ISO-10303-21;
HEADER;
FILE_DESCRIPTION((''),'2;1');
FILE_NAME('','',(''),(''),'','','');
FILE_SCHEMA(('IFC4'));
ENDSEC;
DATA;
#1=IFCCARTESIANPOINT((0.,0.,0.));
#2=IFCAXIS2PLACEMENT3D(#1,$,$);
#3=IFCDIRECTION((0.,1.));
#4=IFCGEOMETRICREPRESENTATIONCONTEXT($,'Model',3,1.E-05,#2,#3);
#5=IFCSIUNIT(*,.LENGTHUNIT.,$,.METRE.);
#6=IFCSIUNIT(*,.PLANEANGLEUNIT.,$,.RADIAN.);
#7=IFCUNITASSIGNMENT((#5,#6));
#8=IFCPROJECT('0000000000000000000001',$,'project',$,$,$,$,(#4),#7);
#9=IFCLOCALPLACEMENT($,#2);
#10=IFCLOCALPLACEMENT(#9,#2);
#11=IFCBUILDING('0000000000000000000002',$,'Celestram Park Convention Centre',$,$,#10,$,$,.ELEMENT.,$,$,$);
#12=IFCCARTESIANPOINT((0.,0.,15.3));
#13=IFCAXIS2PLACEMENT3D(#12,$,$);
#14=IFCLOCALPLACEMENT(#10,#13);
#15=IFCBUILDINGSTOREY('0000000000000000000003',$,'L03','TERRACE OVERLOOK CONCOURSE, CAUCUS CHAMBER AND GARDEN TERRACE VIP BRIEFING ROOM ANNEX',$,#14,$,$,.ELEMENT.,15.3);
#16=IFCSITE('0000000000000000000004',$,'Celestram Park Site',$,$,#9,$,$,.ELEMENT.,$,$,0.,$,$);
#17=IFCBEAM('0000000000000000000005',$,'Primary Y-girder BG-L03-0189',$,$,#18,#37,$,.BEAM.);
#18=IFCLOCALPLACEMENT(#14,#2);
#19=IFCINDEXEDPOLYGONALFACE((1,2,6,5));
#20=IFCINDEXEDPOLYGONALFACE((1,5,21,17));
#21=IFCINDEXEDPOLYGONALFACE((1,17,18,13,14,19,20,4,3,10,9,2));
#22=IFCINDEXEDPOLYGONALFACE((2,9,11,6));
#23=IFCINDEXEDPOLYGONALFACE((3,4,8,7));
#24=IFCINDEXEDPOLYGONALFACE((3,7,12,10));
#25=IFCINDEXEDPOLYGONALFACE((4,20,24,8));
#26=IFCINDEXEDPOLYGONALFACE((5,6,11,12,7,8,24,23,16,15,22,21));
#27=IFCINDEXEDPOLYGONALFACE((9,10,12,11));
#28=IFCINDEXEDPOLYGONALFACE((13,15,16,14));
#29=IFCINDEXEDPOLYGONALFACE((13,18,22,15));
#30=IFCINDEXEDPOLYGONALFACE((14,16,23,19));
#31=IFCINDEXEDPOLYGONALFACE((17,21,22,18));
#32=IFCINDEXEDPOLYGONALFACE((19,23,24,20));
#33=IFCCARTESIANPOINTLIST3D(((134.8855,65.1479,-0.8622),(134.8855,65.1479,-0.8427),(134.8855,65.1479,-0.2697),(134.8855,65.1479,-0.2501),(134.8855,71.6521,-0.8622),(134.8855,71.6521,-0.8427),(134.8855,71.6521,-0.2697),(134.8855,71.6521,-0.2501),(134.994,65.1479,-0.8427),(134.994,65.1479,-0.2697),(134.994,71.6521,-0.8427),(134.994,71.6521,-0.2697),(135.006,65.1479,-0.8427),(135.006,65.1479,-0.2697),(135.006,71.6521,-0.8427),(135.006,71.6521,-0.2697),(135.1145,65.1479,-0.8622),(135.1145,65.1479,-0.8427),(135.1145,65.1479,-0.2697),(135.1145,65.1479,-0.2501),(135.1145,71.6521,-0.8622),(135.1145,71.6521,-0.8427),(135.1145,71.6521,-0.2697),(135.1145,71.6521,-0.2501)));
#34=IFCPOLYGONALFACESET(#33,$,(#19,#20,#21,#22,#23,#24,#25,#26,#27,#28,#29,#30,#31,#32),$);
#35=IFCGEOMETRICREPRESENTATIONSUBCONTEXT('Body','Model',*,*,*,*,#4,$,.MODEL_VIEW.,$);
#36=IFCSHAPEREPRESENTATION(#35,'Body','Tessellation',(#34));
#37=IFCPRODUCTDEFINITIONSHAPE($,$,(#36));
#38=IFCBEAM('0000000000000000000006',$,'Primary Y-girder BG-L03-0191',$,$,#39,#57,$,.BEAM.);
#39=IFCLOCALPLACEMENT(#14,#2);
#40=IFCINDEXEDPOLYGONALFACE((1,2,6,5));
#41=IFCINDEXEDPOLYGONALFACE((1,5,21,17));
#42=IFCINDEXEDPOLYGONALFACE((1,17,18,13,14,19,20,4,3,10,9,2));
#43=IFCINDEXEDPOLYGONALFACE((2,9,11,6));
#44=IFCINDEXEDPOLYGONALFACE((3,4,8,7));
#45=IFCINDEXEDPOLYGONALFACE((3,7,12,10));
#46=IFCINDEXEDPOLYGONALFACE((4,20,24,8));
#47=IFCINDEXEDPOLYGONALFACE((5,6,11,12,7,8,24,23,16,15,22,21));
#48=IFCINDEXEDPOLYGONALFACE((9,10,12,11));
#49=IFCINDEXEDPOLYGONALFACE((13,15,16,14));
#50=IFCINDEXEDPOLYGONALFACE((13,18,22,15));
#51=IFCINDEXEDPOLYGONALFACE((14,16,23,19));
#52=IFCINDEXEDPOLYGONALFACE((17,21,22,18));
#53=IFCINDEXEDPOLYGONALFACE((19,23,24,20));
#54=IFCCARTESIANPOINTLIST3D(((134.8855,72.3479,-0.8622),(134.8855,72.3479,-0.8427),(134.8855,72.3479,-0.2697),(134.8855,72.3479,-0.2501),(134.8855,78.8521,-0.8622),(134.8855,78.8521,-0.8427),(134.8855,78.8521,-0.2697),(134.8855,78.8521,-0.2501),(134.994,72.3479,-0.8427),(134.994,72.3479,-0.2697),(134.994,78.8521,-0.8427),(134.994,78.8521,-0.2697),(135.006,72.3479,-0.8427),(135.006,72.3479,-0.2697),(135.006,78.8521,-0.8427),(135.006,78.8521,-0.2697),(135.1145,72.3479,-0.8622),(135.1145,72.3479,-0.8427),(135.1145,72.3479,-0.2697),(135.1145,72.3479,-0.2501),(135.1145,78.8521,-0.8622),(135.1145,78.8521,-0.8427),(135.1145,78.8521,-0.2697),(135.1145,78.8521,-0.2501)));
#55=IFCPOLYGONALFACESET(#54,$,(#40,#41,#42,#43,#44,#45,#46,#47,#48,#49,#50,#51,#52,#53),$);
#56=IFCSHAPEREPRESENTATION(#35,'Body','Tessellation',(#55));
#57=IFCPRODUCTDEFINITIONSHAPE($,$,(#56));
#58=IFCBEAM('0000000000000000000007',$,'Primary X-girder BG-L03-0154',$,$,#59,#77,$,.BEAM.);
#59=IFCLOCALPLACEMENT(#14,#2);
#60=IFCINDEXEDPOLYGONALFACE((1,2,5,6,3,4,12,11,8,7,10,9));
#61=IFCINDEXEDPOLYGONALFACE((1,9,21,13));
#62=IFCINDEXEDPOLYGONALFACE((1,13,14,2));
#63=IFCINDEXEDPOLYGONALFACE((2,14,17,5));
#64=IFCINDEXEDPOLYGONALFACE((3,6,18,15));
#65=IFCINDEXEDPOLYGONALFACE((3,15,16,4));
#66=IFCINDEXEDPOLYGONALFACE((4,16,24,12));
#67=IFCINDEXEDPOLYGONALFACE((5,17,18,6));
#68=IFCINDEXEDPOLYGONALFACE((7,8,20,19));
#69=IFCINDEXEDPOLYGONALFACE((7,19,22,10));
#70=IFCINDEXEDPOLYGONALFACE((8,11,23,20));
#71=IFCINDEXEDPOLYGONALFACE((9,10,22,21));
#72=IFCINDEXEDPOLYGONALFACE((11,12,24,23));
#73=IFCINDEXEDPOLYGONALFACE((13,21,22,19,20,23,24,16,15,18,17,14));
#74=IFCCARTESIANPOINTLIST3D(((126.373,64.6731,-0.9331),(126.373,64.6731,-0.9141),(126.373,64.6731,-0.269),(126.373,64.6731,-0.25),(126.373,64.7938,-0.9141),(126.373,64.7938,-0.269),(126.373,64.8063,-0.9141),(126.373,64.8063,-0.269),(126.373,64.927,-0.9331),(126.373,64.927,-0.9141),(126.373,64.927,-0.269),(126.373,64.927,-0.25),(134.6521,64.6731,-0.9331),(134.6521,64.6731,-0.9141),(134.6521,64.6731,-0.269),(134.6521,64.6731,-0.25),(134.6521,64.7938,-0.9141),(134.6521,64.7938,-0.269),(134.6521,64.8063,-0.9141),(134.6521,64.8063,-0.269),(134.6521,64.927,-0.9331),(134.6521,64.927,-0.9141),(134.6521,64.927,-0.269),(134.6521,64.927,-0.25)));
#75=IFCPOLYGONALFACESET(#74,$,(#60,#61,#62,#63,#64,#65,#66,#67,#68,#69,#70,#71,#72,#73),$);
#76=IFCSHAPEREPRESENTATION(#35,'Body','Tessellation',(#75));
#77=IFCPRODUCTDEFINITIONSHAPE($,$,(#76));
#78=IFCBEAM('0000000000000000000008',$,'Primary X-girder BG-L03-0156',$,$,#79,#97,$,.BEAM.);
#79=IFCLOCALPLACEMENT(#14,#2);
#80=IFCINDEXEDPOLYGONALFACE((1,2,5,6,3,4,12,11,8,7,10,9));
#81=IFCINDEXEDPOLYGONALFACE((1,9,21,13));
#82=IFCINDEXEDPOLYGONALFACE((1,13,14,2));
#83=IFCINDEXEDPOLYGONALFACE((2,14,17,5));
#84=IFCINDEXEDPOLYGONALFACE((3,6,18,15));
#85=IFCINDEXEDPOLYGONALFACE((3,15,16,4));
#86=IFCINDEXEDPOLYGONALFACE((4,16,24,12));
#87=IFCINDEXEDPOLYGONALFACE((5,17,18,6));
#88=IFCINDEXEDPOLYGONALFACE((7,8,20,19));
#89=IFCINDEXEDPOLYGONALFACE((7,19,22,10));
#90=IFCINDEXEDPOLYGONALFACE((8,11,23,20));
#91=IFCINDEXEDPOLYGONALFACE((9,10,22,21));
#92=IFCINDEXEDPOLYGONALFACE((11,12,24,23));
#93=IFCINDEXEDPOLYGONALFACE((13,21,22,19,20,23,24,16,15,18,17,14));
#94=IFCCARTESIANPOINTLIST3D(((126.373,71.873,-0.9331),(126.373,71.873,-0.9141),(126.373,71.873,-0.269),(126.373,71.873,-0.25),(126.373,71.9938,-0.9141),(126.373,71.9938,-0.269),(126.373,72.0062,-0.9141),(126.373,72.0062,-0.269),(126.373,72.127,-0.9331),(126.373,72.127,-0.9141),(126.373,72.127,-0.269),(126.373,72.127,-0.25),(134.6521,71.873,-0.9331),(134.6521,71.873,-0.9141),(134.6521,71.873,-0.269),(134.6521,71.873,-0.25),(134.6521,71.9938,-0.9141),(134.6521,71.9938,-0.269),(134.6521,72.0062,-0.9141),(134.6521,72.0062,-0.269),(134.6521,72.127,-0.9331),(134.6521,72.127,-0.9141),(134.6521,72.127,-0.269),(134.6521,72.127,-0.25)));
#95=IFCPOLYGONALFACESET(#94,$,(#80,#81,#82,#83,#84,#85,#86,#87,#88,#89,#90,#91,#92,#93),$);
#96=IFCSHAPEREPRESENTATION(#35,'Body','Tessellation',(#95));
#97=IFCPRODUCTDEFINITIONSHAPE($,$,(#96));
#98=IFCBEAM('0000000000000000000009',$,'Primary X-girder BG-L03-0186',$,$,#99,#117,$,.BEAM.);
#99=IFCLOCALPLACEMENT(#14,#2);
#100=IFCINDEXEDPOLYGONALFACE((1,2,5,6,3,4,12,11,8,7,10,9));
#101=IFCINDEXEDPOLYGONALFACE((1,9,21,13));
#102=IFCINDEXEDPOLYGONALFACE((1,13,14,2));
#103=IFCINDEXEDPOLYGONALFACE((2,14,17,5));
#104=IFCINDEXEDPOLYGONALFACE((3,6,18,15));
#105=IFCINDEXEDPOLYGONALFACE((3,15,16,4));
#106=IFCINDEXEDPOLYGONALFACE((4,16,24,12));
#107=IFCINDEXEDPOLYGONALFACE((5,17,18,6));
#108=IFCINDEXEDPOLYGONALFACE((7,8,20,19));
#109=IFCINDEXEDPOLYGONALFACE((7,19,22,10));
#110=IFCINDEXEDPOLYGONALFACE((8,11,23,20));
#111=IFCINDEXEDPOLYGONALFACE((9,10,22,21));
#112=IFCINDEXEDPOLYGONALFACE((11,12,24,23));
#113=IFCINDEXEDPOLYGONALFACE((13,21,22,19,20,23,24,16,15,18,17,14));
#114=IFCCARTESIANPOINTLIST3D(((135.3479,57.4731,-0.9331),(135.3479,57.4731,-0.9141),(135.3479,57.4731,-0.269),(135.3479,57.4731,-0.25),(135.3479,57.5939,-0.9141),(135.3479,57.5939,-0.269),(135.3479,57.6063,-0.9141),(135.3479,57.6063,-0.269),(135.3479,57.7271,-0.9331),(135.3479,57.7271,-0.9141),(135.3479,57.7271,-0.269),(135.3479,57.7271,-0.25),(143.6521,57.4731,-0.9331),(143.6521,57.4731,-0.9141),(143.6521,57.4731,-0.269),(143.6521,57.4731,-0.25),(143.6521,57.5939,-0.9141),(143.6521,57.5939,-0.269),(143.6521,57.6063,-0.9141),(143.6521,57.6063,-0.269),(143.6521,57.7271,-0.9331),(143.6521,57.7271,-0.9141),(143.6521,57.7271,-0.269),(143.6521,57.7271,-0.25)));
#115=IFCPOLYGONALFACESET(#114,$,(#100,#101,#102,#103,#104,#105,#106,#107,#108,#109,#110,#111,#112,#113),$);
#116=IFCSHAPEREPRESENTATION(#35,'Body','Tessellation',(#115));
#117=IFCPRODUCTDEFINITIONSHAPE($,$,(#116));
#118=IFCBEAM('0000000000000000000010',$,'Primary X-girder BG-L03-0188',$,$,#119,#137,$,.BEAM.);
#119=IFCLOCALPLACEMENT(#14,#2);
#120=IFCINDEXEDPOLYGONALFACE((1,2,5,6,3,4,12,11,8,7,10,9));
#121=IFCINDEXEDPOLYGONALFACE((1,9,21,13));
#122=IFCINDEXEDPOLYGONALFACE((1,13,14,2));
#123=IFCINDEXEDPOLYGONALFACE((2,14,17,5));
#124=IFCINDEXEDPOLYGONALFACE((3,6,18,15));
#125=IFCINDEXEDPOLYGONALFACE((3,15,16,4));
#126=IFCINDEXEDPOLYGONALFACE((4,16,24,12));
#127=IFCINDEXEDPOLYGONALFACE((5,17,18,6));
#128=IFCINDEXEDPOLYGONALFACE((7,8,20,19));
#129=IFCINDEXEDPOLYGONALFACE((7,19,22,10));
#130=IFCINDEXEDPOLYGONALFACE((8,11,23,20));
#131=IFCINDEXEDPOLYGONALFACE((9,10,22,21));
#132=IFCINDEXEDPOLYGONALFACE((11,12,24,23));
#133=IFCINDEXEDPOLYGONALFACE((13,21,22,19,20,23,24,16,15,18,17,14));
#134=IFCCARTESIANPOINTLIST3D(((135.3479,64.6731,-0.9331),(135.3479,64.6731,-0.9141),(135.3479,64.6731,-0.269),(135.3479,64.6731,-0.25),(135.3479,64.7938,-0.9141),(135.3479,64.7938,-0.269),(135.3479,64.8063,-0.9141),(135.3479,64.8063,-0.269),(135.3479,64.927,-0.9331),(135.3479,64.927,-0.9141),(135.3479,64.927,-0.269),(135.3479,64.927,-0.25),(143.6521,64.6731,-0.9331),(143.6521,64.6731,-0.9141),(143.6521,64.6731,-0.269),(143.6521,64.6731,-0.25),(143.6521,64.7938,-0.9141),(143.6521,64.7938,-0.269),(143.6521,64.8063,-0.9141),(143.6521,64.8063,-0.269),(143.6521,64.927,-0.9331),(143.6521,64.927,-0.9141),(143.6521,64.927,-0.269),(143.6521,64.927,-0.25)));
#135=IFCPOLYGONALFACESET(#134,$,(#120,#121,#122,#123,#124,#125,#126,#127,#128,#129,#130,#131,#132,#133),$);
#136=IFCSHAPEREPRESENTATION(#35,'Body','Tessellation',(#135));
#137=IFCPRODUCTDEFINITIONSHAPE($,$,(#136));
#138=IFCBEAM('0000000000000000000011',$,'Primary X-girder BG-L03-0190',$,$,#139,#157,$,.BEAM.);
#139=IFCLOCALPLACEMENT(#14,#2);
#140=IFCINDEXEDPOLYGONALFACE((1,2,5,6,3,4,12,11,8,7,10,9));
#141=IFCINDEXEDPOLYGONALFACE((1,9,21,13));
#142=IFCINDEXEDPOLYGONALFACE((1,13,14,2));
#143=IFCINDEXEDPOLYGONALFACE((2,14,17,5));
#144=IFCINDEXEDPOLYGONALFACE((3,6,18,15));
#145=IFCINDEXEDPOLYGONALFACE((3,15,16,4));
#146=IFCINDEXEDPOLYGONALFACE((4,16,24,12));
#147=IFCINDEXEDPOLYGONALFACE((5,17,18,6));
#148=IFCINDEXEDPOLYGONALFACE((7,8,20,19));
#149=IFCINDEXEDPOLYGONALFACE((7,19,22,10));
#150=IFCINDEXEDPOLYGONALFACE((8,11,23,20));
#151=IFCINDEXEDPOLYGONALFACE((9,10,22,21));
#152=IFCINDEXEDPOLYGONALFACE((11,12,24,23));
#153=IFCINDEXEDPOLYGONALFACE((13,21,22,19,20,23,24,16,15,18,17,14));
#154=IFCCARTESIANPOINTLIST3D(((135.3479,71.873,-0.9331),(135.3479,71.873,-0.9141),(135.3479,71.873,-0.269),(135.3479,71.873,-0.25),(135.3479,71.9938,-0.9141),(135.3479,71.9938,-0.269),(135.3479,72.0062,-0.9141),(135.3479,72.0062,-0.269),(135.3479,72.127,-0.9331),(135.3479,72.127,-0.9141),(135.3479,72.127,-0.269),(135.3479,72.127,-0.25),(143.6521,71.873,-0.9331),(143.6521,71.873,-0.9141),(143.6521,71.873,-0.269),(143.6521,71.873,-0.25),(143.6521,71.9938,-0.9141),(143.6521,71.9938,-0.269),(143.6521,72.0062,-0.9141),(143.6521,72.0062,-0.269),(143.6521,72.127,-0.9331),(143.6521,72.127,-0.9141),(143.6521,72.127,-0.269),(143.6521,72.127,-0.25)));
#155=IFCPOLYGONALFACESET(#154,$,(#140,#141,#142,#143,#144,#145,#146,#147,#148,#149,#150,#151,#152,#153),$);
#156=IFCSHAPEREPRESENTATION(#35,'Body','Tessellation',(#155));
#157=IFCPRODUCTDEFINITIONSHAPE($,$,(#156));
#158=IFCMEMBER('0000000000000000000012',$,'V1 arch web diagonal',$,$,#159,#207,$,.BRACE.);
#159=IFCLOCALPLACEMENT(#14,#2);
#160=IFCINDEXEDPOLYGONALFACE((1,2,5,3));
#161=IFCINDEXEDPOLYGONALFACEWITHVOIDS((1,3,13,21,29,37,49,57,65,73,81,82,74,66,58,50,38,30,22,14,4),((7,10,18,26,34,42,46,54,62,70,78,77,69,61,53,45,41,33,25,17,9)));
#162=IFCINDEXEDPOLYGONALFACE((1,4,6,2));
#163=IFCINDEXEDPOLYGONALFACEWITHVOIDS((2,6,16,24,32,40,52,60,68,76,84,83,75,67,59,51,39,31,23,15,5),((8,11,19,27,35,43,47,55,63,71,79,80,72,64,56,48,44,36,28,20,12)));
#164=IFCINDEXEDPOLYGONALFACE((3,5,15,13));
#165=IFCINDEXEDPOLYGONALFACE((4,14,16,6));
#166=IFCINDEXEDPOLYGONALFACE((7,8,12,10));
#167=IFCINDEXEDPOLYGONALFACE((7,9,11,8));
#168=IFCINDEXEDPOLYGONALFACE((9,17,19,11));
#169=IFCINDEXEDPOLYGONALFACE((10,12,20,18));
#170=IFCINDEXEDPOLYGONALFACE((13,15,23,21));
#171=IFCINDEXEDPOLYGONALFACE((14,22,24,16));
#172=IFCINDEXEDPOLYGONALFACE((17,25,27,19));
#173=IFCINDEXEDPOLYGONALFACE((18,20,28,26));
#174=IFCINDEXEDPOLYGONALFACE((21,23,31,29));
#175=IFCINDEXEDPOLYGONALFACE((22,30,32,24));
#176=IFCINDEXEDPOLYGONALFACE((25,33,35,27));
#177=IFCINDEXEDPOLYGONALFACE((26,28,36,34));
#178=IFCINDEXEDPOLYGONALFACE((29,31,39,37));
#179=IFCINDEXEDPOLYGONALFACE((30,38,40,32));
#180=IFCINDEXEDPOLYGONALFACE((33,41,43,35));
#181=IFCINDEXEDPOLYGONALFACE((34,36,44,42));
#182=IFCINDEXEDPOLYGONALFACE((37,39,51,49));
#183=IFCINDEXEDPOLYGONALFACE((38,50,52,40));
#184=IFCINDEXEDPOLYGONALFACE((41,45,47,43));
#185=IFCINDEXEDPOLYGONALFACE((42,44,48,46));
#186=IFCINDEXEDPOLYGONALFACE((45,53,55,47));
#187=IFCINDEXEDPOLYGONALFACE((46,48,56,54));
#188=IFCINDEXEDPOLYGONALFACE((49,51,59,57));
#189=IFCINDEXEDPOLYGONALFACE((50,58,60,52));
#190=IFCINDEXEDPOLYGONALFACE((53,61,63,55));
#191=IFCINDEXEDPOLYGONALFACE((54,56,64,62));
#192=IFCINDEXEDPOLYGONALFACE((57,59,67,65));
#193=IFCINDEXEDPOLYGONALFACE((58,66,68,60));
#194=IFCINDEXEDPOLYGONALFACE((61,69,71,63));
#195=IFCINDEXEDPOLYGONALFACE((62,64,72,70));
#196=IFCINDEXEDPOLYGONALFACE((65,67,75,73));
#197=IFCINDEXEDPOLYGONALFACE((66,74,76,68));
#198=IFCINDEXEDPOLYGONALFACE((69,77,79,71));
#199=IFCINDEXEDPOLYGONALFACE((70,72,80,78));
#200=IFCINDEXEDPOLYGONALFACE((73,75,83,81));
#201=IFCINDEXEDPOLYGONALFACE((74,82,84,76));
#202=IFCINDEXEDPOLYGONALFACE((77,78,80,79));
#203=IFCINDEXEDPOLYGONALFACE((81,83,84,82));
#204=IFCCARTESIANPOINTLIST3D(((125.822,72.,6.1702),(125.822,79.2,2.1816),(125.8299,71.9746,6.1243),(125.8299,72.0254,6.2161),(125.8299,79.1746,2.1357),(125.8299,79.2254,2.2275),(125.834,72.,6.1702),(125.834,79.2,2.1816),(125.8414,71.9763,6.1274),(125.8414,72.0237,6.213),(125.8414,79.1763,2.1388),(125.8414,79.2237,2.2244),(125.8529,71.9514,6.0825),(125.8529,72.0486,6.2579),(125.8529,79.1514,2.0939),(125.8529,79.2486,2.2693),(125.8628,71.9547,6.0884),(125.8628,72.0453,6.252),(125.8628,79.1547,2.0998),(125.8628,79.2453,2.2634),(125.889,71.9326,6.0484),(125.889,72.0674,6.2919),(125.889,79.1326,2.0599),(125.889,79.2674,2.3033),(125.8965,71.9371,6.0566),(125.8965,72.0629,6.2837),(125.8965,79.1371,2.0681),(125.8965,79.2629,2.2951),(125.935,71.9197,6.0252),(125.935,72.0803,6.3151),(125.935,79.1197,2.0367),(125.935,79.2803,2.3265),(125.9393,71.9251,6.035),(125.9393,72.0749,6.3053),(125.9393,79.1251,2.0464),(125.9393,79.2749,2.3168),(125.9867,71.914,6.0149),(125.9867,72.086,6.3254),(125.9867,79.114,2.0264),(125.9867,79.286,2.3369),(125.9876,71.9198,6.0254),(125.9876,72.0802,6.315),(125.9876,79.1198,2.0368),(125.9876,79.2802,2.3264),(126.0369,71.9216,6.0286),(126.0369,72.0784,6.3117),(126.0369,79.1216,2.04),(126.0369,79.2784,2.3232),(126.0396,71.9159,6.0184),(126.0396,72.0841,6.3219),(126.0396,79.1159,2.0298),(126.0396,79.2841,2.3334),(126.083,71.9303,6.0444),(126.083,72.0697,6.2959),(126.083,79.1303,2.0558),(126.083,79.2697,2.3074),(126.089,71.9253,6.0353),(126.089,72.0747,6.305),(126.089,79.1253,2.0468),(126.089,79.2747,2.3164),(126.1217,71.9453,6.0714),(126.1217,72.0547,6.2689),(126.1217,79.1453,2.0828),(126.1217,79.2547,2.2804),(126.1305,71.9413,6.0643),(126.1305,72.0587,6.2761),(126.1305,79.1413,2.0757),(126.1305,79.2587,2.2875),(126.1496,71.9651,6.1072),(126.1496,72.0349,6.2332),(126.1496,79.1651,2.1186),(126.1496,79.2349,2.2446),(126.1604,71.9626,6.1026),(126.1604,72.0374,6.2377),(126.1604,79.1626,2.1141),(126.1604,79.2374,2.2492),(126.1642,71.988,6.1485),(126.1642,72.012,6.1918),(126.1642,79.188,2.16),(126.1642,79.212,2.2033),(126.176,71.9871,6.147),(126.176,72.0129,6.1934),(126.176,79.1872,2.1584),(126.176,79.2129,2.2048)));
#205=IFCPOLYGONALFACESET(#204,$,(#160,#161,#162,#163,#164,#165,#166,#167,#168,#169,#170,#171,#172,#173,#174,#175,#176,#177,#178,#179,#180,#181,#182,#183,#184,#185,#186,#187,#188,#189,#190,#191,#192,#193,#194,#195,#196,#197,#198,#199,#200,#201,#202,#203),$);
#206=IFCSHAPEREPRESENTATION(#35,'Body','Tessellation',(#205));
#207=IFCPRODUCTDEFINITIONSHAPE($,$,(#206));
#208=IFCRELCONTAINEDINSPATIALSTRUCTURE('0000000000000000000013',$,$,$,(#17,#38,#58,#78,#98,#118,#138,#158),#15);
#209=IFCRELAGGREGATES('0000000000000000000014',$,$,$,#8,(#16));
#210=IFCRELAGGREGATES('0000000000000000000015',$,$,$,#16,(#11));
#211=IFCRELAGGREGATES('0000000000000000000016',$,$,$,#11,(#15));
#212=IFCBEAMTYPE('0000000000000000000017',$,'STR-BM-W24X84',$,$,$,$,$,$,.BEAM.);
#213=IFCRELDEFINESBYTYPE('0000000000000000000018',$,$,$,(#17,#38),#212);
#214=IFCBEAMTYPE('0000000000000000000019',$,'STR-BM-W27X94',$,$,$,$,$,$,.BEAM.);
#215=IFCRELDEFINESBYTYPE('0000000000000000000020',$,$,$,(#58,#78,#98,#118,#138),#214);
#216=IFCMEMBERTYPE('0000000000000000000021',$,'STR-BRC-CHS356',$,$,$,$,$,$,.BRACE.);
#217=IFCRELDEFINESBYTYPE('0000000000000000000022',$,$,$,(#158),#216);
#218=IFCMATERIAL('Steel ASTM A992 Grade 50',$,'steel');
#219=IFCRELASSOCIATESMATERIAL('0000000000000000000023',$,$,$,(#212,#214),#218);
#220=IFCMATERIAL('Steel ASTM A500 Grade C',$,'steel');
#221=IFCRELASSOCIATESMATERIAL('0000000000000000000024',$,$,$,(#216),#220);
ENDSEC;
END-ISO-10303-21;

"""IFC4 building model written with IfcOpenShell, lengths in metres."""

from ifc_helpers import new_model, si_unit, direction, frame, origin, origin_2d, place, context, subcontext, project, spatial, hollow_circle, i_section, extrude, material, material_profile, profile_set, type_object, element, save


model = new_model("IFC4")

# Units and contexts
model_context = context("Model", 3, precision=1e-05, world=origin(), true_north=direction((0.0, 1.0)))
body_context = subcontext(model_context, "Body", "Model", "MODEL_VIEW")
ifc_project = project(units=[si_unit("LENGTHUNIT", "METRE"), si_unit("PLANEANGLEUNIT", "RADIAN")], contexts=[model_context])

# Site, building, storey
site_placement = place(None, origin())
site = spatial("IfcSite", under=ifc_project, at=site_placement, Name="Celestram Park Site", CompositionType="ELEMENT", RefElevation=0.0)
building_placement = place(site_placement, origin())
building = spatial("IfcBuilding", under=site, at=building_placement, Name="Celestram Park Convention Centre", CompositionType="ELEMENT")
storey_placement = place(building_placement, frame((0.0, 0.0, 15.3)))
storey = spatial("IfcBuildingStorey", under=building, at=storey_placement, Name="L03", Description="TERRACE OVERLOOK CONCOURSE, CAUCUS CHAMBER AND GARDEN TERRACE VIP BRIEFING ROOM ANNEX", CompositionType="ELEMENT", Elevation=15.3)

# Shared definitions
ifc_material_1 = material(Name="Steel ASTM A500 Grade C", Category="steel")

# Beams
ifc_material_2 = material(Name="Steel ASTM A992 Grade 50", Category="steel")
ifc_material_profile_1 = material_profile(ifc_material_2, i_section(OverallWidth=0.229, OverallDepth=0.6121, WebThickness=0.012, FlangeThickness=0.0195, at=origin_2d()), Name="W24X84")
ifc_profile_set_1 = profile_set([ifc_material_profile_1], Name="Steel ASTM A992 Grade 50")
beam_type_1 = type_object("IfcBeamType", Name="STR-BM-W24X84", PredefinedType="BEAM", material=ifc_profile_set_1)
for number, where, z_axis, x_axis, name in (
    (1, (135.0, 65.1479, -0.5562), (0.0, 1.0, 0.0), (-1.0, 0.0, 0.0), "Primary Y-girder BG-L03-0189"),
    (2, (135.0, 72.3479, -0.5562), (0.0, 1.0, 0.0), (-1.0, 0.0, 0.0), "Primary Y-girder BG-L03-0191"),
):
    element("IfcBeam", number, at=place(storey_placement, frame(where, z_axis=z_axis, x_axis=x_axis)), inside=storey, type_object=beam_type_1, Name=name, PredefinedType="BEAM", context=body_context, shape_type="SweptSolid", body=[
        extrude(i_section(OverallWidth=0.229, OverallDepth=0.6121, WebThickness=0.012, FlangeThickness=0.0195, at=origin_2d()), origin(), (0.0, 0.0, 1.0), 6.5042),
    ])
ifc_material_profile_2 = material_profile(ifc_material_2, i_section(OverallWidth=0.2539, OverallDepth=0.6831, WebThickness=0.0125, FlangeThickness=0.019, at=origin_2d()), Name="W27X94")
ifc_profile_set_2 = profile_set([ifc_material_profile_2], Name="Steel ASTM A992 Grade 50")
beam_type_2 = type_object("IfcBeamType", Name="STR-BM-W27X94", PredefinedType="BEAM", material=ifc_profile_set_2)
for number, where, z_axis, x_axis, name in (
    (3, (126.373, 64.8, -0.5916), (1.0, 0.0, 0.0), (0.0, 1.0, 0.0), "Primary X-girder BG-L03-0154"),
    (4, (126.373, 72.0, -0.5916), (1.0, 0.0, 0.0), (0.0, 1.0, 0.0), "Primary X-girder BG-L03-0156"),
):
    element("IfcBeam", number, at=place(storey_placement, frame(where, z_axis=z_axis, x_axis=x_axis)), inside=storey, type_object=beam_type_2, Name=name, PredefinedType="BEAM", context=body_context, shape_type="SweptSolid", body=[
        extrude(i_section(OverallWidth=0.2539, OverallDepth=0.6831, WebThickness=0.0125, FlangeThickness=0.019, at=origin_2d()), origin(), (0.0, 0.0, 1.0), 8.2791),
    ])
for number, where, z_axis, x_axis, name in (
    (5, (135.3479, 57.6001, -0.5916), (1.0, 0.0, 0.0), (0.0, 1.0, 0.0), "Primary X-girder BG-L03-0186"),
    (6, (135.3479, 64.8, -0.5916), (1.0, 0.0, 0.0), (0.0, 1.0, 0.0), "Primary X-girder BG-L03-0188"),
    (7, (135.3479, 72.0, -0.5916), (1.0, 0.0, 0.0), (0.0, 1.0, 0.0), "Primary X-girder BG-L03-0190"),
):
    element("IfcBeam", number, at=place(storey_placement, frame(where, z_axis=z_axis, x_axis=x_axis)), inside=storey, type_object=beam_type_2, Name=name, PredefinedType="BEAM", context=body_context, shape_type="SweptSolid", body=[
        extrude(i_section(OverallWidth=0.2539, OverallDepth=0.6831, WebThickness=0.0125, FlangeThickness=0.019, at=origin_2d()), origin(), (0.0, 0.0, 1.0), 8.3042),
    ])

# Member
ifc_material_profile_3 = material_profile(ifc_material_1, hollow_circle(Radius=0.178, WallThickness=0.012, at=origin_2d()), Name="CHS356X12")
ifc_profile_set_3 = profile_set([ifc_material_profile_3], Name="Steel ASTM A500 Grade C")
member_type_1 = type_object("IfcMemberType", Name="STR-BRC-CHS356", PredefinedType="BRACE", material=ifc_profile_set_3)
member_1_placement = place(storey_placement, frame((126.0, 72.0, 6.1702), z_axis=(0.0, 0.874747, -0.48458), x_axis=(-1.0, 0.0, 0.0)))
element("IfcMember", 8, at=member_1_placement, inside=storey, type_object=member_type_1, Name="V1 arch web diagonal", PredefinedType="BRACE", context=body_context, shape_type="SweptSolid", body=[
    extrude(hollow_circle(Radius=0.178, WallThickness=0.012, at=origin_2d()), origin(), (0.0, 0.0, 1.0), 8.231),
])

save(model, "model.ifc")
